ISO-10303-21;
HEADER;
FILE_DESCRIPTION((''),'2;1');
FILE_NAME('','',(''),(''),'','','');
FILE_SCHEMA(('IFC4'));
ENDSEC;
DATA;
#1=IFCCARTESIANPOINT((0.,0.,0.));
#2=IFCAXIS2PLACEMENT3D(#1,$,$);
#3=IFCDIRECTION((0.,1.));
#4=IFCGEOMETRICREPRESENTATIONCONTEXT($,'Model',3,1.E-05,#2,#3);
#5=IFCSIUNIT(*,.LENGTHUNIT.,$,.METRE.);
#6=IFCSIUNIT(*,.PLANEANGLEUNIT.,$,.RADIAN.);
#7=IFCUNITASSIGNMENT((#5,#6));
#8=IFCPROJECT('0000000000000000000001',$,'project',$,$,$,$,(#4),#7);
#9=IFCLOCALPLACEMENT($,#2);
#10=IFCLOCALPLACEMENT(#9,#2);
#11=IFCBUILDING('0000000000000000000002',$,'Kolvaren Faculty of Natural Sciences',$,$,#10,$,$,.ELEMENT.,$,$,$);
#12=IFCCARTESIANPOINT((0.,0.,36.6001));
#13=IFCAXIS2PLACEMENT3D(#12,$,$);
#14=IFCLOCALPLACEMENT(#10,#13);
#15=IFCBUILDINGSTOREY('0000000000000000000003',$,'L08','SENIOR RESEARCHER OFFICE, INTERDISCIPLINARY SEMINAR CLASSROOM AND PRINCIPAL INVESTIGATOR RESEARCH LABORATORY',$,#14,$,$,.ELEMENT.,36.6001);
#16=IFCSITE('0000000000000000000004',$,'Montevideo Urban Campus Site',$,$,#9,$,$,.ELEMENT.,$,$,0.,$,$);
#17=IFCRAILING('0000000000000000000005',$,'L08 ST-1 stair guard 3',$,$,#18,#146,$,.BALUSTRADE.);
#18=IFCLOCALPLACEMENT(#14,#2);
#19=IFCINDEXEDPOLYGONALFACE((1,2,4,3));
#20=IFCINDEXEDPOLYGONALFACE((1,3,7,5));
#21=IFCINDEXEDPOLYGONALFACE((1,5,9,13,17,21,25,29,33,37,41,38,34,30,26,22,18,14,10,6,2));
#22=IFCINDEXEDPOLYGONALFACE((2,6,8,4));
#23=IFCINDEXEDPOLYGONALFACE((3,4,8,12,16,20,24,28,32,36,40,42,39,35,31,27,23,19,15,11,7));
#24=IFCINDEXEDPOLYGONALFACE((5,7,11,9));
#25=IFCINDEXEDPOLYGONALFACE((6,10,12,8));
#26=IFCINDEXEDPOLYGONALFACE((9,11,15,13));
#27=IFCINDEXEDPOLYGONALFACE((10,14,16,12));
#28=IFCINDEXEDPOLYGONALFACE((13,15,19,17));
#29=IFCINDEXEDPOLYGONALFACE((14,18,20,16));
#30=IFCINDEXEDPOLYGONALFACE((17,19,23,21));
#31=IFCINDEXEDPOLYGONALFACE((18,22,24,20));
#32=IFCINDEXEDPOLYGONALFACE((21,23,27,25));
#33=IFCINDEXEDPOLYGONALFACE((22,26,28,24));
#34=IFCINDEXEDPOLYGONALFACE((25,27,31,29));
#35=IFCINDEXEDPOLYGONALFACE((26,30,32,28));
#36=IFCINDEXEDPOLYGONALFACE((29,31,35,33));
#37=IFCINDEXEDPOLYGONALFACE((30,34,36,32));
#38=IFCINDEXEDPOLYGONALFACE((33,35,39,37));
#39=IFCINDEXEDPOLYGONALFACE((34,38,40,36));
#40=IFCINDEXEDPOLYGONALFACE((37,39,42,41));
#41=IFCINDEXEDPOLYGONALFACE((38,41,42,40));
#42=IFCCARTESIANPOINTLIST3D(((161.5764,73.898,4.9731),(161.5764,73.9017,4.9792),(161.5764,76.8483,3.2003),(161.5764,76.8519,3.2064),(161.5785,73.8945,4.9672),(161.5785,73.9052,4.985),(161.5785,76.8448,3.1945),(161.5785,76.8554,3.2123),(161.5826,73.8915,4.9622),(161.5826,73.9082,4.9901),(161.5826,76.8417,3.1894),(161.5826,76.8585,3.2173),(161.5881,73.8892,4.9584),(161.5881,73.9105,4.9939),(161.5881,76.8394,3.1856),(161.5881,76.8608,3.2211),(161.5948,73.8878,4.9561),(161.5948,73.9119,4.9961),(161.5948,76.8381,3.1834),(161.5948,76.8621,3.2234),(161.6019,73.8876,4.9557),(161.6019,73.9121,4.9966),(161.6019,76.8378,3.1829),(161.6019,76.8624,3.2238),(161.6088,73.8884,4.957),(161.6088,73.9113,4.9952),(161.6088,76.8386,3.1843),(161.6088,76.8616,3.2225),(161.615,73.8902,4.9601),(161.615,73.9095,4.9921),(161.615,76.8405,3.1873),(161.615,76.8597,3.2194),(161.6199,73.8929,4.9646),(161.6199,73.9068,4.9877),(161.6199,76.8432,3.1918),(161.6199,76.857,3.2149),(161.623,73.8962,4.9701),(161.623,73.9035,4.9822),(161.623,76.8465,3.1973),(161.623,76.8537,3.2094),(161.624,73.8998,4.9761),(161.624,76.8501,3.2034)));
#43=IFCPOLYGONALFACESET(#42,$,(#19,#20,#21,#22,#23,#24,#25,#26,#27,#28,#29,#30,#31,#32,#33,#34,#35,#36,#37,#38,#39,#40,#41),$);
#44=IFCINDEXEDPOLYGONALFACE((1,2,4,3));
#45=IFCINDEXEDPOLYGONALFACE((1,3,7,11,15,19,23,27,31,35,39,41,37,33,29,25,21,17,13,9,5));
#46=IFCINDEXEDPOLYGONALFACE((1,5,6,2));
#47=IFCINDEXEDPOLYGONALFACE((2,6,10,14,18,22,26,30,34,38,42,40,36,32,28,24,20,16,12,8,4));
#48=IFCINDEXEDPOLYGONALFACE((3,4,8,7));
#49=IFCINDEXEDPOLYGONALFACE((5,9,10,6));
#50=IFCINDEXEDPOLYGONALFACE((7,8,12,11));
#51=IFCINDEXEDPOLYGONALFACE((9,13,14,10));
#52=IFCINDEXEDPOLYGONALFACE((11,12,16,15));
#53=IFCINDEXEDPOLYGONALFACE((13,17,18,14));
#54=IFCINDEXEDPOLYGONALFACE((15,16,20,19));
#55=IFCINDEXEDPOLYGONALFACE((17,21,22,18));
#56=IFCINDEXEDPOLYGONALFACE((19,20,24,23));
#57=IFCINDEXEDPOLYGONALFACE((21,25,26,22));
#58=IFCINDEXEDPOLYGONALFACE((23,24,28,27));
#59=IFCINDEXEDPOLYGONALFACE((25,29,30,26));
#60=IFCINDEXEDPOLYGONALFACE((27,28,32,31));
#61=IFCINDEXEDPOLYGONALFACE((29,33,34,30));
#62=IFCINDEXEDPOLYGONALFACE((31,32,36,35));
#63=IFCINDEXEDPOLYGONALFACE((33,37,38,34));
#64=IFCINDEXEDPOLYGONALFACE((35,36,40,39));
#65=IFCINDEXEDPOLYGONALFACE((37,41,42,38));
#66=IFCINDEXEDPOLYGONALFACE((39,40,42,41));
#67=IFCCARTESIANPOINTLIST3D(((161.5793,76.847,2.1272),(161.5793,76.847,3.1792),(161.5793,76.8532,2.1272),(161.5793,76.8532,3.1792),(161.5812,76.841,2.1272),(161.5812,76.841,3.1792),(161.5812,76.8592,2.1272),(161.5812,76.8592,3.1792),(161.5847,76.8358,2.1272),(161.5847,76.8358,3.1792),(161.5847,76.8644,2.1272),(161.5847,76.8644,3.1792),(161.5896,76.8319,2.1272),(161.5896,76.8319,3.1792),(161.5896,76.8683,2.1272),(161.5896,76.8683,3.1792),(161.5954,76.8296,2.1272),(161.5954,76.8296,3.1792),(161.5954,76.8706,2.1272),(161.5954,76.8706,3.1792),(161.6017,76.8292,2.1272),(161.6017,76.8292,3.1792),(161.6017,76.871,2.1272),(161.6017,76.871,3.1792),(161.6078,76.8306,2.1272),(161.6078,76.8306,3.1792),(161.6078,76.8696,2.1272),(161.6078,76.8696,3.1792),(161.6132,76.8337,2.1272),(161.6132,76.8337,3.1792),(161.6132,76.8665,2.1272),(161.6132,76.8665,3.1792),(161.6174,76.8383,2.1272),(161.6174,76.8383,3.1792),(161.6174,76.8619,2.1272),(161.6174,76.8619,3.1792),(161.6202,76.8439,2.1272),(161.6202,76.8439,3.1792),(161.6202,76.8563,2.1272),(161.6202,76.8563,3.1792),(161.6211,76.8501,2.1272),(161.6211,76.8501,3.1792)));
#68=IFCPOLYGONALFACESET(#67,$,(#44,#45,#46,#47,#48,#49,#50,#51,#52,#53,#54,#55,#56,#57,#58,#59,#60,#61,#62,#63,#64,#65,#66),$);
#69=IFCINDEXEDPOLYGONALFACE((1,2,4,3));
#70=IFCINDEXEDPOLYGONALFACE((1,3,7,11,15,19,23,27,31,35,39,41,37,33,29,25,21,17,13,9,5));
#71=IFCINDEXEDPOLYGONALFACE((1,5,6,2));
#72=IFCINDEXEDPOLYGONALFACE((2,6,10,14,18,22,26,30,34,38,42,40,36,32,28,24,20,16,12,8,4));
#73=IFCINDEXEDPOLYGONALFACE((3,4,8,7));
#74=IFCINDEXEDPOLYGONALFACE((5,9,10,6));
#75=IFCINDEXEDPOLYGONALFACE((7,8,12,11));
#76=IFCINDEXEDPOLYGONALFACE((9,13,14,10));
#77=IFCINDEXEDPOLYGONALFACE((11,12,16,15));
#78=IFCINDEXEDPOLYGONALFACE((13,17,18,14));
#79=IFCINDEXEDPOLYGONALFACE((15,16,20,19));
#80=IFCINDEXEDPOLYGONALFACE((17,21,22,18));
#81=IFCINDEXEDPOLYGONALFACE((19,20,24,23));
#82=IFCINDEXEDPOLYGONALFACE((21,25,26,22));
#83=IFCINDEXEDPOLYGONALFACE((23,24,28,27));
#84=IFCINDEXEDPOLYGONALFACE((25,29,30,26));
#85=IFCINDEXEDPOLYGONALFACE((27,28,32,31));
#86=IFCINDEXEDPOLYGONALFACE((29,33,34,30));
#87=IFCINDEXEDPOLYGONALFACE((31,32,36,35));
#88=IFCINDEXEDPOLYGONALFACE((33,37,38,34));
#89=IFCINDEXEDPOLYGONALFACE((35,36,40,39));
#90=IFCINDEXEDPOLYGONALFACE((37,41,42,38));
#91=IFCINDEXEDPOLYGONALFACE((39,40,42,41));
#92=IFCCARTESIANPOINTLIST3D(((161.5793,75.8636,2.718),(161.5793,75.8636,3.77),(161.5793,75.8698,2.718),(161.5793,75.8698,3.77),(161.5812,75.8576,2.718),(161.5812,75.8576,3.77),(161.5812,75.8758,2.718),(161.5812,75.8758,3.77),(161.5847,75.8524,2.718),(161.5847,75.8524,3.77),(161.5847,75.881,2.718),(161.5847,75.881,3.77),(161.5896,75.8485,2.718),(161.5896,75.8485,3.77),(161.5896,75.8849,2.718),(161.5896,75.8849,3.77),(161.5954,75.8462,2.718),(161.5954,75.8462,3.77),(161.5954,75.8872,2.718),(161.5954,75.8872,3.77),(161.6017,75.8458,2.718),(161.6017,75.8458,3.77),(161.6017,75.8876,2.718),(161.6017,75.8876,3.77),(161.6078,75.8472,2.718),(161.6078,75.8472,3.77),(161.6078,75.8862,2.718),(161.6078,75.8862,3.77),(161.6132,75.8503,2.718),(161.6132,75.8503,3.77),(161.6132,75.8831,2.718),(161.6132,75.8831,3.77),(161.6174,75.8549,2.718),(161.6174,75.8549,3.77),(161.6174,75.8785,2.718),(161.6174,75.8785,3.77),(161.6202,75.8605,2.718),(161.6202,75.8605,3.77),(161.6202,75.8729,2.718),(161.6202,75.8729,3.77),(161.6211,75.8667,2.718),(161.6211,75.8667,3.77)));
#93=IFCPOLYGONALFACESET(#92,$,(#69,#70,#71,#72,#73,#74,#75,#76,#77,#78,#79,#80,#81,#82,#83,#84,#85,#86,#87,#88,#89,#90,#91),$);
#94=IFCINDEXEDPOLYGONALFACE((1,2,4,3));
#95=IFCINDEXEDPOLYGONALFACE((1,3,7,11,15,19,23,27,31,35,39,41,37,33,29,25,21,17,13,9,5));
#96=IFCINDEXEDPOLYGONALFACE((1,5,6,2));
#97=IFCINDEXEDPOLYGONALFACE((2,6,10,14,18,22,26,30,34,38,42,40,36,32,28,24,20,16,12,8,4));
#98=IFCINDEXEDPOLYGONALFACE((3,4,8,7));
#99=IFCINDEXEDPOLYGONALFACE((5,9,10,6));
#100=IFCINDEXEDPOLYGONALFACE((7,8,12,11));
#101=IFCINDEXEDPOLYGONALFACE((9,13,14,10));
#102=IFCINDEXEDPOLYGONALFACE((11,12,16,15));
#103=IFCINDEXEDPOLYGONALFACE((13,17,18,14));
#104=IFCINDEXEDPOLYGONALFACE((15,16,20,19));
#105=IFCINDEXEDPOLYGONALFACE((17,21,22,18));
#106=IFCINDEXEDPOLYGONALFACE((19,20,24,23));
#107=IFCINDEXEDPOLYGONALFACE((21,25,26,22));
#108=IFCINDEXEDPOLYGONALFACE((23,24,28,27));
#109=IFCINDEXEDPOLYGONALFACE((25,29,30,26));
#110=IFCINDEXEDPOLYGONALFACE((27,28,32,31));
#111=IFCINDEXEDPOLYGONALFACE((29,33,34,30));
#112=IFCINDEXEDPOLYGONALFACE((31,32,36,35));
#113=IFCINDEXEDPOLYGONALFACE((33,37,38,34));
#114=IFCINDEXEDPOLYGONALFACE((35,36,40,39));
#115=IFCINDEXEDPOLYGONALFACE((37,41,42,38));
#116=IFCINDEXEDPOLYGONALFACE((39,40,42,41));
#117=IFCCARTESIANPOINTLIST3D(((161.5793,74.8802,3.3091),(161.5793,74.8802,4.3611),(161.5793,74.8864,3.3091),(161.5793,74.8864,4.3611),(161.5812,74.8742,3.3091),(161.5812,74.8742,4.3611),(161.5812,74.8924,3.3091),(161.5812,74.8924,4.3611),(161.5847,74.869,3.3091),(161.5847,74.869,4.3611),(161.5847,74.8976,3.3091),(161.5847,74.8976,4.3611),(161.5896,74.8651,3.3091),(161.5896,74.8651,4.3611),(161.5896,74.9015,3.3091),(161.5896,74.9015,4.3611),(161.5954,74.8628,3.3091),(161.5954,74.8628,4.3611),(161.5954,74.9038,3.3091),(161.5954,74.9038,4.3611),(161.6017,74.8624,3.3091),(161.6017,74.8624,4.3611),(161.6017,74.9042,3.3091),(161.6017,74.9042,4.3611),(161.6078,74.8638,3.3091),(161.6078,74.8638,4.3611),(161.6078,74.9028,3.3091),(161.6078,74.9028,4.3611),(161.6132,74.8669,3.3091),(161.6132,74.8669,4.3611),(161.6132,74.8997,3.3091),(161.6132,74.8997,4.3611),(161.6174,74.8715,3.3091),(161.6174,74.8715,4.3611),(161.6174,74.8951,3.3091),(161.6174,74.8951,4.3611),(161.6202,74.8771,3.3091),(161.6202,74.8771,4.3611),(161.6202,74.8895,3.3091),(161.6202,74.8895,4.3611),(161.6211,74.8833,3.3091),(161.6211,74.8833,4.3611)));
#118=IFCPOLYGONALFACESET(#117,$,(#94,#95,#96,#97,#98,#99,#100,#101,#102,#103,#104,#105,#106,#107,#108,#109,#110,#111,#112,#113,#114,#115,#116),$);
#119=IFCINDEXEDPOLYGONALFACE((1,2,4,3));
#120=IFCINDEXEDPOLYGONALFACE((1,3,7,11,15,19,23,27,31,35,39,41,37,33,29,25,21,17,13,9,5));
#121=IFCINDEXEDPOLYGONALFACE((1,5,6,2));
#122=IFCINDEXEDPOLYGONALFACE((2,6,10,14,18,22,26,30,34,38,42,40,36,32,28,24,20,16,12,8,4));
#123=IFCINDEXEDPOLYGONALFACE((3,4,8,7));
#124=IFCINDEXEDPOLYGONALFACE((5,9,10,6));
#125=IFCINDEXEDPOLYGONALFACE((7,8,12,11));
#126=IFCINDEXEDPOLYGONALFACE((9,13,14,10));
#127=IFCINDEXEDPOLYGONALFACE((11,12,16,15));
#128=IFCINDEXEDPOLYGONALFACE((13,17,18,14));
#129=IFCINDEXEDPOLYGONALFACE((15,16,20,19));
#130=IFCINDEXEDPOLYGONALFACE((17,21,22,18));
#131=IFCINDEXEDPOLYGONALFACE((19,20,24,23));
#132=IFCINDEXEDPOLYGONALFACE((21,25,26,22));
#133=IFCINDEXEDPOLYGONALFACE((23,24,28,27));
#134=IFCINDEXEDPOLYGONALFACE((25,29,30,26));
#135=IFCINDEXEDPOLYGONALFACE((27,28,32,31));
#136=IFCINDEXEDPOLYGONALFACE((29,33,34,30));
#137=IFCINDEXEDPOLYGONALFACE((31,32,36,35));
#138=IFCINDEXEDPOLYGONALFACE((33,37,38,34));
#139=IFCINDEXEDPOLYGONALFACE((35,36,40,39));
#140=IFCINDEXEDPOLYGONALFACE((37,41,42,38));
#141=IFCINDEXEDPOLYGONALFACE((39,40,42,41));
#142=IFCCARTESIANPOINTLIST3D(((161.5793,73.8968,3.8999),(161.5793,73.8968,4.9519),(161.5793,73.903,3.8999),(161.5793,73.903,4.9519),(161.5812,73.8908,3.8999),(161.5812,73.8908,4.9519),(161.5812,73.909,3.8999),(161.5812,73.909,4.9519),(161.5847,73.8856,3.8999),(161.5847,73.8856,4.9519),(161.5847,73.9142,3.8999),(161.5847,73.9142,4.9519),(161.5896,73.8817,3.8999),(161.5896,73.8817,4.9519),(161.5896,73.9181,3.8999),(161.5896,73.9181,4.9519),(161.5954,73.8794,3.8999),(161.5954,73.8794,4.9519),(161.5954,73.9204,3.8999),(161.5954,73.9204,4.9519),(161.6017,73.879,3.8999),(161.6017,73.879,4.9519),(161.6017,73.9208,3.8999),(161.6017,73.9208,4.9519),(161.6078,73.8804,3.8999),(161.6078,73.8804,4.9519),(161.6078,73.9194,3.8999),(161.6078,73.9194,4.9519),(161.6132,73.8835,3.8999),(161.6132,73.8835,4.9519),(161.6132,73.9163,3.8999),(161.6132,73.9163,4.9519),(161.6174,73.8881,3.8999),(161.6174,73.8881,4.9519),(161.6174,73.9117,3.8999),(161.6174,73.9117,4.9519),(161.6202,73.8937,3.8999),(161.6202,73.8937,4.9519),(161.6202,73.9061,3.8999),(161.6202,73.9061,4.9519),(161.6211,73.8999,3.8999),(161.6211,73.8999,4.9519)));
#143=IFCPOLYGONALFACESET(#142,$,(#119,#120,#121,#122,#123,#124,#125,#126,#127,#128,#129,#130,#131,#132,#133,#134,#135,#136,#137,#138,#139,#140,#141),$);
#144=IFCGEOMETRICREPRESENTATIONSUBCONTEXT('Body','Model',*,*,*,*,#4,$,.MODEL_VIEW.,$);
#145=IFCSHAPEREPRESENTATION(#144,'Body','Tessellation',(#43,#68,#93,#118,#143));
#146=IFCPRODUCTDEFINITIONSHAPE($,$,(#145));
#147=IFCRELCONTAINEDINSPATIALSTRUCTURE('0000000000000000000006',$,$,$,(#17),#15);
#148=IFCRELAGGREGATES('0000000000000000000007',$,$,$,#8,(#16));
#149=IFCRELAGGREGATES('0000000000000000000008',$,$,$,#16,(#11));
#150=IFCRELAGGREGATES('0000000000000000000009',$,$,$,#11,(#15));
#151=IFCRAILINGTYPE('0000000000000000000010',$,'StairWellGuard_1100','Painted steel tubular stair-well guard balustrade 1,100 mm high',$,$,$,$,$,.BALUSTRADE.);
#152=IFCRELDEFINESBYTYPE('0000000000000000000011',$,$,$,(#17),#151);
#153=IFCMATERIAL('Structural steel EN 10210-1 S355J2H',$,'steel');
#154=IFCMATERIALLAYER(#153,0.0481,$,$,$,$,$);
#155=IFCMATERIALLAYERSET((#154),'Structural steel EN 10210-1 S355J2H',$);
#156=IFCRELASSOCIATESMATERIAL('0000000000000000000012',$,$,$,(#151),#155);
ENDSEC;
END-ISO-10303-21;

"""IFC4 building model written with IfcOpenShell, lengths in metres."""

from ifc_helpers import new_model, si_unit, direction, frame, origin, origin_2d, place, context, subcontext, project, spatial, circle, extrude, material, layer, layer_set, type_object, element, save


model = new_model("IFC4")

# Units and contexts
model_context = context("Model", 3, precision=1e-05, world=origin(), true_north=direction((0.0, 1.0)))
body_context = subcontext(model_context, "Body", "Model", "MODEL_VIEW")
ifc_project = project(units=[si_unit("LENGTHUNIT", "METRE"), si_unit("PLANEANGLEUNIT", "RADIAN")], contexts=[model_context])

# Site, building, storey
site_placement = place(None, origin())
site = spatial("IfcSite", under=ifc_project, at=site_placement, Name="Montevideo Urban Campus Site", CompositionType="ELEMENT", RefElevation=0.0)
building_placement = place(site_placement, origin())
building = spatial("IfcBuilding", under=site, at=building_placement, Name="Kolvaren Faculty of Natural Sciences", CompositionType="ELEMENT")
storey_placement = place(building_placement, frame((0.0, 0.0, 36.6001)))
storey = spatial("IfcBuildingStorey", under=building, at=storey_placement, Name="L08", Description="SENIOR RESEARCHER OFFICE, INTERDISCIPLINARY SEMINAR CLASSROOM AND PRINCIPAL INVESTIGATOR RESEARCH LABORATORY", CompositionType="ELEMENT", Elevation=36.6001)

# Railing
ifc_material_1 = material(Name="Structural steel EN 10210-1 S355J2H", Category="steel")
ifc_layer_1 = layer(ifc_material_1, 0.0481)
ifc_layer_set_1 = layer_set([ifc_layer_1], Name="Structural steel EN 10210-1 S355J2H")
railing_type_1 = type_object("IfcRailingType", Name="StairWellGuard_1100", Description="Painted steel tubular stair-well guard balustrade 1,100 mm high", PredefinedType="BALUSTRADE", material=ifc_layer_set_1)
railing_1_placement = place(storey_placement, frame((161.6001, 76.8501, 2.1272)))
element("IfcRailing", 1, at=railing_1_placement, inside=storey, type_object=railing_type_1, Name="L08 ST-1 stair guard 3", PredefinedType="BALUSTRADE", context=body_context, shape_type="SweptSolid", body=[
    extrude(circle(Radius=0.0239, at=origin_2d()), frame((0.0, 0.0, 1.0762), z_axis=(0.0, -0.857161, 0.515049), x_axis=(1.0, 0.0, 0.0)), (0.0, 0.0, 1.0), 3.4419),
    extrude(circle(Radius=0.021, at=origin_2d()), origin(), (0.0, 0.0, 1.0), 1.052),
    extrude(circle(Radius=0.021, at=origin_2d()), frame((0.0, -0.9834, 0.5908)), (0.0, 0.0, 1.0), 1.052),
    extrude(circle(Radius=0.021, at=origin_2d()), frame((0.0, -1.9668, 1.1819)), (0.0, 0.0, 1.0), 1.052),
    extrude(circle(Radius=0.021, at=origin_2d()), frame((0.0, -2.9502, 1.7727)), (0.0, 0.0, 1.0), 1.052),
])

save(model, "model.ifc")
